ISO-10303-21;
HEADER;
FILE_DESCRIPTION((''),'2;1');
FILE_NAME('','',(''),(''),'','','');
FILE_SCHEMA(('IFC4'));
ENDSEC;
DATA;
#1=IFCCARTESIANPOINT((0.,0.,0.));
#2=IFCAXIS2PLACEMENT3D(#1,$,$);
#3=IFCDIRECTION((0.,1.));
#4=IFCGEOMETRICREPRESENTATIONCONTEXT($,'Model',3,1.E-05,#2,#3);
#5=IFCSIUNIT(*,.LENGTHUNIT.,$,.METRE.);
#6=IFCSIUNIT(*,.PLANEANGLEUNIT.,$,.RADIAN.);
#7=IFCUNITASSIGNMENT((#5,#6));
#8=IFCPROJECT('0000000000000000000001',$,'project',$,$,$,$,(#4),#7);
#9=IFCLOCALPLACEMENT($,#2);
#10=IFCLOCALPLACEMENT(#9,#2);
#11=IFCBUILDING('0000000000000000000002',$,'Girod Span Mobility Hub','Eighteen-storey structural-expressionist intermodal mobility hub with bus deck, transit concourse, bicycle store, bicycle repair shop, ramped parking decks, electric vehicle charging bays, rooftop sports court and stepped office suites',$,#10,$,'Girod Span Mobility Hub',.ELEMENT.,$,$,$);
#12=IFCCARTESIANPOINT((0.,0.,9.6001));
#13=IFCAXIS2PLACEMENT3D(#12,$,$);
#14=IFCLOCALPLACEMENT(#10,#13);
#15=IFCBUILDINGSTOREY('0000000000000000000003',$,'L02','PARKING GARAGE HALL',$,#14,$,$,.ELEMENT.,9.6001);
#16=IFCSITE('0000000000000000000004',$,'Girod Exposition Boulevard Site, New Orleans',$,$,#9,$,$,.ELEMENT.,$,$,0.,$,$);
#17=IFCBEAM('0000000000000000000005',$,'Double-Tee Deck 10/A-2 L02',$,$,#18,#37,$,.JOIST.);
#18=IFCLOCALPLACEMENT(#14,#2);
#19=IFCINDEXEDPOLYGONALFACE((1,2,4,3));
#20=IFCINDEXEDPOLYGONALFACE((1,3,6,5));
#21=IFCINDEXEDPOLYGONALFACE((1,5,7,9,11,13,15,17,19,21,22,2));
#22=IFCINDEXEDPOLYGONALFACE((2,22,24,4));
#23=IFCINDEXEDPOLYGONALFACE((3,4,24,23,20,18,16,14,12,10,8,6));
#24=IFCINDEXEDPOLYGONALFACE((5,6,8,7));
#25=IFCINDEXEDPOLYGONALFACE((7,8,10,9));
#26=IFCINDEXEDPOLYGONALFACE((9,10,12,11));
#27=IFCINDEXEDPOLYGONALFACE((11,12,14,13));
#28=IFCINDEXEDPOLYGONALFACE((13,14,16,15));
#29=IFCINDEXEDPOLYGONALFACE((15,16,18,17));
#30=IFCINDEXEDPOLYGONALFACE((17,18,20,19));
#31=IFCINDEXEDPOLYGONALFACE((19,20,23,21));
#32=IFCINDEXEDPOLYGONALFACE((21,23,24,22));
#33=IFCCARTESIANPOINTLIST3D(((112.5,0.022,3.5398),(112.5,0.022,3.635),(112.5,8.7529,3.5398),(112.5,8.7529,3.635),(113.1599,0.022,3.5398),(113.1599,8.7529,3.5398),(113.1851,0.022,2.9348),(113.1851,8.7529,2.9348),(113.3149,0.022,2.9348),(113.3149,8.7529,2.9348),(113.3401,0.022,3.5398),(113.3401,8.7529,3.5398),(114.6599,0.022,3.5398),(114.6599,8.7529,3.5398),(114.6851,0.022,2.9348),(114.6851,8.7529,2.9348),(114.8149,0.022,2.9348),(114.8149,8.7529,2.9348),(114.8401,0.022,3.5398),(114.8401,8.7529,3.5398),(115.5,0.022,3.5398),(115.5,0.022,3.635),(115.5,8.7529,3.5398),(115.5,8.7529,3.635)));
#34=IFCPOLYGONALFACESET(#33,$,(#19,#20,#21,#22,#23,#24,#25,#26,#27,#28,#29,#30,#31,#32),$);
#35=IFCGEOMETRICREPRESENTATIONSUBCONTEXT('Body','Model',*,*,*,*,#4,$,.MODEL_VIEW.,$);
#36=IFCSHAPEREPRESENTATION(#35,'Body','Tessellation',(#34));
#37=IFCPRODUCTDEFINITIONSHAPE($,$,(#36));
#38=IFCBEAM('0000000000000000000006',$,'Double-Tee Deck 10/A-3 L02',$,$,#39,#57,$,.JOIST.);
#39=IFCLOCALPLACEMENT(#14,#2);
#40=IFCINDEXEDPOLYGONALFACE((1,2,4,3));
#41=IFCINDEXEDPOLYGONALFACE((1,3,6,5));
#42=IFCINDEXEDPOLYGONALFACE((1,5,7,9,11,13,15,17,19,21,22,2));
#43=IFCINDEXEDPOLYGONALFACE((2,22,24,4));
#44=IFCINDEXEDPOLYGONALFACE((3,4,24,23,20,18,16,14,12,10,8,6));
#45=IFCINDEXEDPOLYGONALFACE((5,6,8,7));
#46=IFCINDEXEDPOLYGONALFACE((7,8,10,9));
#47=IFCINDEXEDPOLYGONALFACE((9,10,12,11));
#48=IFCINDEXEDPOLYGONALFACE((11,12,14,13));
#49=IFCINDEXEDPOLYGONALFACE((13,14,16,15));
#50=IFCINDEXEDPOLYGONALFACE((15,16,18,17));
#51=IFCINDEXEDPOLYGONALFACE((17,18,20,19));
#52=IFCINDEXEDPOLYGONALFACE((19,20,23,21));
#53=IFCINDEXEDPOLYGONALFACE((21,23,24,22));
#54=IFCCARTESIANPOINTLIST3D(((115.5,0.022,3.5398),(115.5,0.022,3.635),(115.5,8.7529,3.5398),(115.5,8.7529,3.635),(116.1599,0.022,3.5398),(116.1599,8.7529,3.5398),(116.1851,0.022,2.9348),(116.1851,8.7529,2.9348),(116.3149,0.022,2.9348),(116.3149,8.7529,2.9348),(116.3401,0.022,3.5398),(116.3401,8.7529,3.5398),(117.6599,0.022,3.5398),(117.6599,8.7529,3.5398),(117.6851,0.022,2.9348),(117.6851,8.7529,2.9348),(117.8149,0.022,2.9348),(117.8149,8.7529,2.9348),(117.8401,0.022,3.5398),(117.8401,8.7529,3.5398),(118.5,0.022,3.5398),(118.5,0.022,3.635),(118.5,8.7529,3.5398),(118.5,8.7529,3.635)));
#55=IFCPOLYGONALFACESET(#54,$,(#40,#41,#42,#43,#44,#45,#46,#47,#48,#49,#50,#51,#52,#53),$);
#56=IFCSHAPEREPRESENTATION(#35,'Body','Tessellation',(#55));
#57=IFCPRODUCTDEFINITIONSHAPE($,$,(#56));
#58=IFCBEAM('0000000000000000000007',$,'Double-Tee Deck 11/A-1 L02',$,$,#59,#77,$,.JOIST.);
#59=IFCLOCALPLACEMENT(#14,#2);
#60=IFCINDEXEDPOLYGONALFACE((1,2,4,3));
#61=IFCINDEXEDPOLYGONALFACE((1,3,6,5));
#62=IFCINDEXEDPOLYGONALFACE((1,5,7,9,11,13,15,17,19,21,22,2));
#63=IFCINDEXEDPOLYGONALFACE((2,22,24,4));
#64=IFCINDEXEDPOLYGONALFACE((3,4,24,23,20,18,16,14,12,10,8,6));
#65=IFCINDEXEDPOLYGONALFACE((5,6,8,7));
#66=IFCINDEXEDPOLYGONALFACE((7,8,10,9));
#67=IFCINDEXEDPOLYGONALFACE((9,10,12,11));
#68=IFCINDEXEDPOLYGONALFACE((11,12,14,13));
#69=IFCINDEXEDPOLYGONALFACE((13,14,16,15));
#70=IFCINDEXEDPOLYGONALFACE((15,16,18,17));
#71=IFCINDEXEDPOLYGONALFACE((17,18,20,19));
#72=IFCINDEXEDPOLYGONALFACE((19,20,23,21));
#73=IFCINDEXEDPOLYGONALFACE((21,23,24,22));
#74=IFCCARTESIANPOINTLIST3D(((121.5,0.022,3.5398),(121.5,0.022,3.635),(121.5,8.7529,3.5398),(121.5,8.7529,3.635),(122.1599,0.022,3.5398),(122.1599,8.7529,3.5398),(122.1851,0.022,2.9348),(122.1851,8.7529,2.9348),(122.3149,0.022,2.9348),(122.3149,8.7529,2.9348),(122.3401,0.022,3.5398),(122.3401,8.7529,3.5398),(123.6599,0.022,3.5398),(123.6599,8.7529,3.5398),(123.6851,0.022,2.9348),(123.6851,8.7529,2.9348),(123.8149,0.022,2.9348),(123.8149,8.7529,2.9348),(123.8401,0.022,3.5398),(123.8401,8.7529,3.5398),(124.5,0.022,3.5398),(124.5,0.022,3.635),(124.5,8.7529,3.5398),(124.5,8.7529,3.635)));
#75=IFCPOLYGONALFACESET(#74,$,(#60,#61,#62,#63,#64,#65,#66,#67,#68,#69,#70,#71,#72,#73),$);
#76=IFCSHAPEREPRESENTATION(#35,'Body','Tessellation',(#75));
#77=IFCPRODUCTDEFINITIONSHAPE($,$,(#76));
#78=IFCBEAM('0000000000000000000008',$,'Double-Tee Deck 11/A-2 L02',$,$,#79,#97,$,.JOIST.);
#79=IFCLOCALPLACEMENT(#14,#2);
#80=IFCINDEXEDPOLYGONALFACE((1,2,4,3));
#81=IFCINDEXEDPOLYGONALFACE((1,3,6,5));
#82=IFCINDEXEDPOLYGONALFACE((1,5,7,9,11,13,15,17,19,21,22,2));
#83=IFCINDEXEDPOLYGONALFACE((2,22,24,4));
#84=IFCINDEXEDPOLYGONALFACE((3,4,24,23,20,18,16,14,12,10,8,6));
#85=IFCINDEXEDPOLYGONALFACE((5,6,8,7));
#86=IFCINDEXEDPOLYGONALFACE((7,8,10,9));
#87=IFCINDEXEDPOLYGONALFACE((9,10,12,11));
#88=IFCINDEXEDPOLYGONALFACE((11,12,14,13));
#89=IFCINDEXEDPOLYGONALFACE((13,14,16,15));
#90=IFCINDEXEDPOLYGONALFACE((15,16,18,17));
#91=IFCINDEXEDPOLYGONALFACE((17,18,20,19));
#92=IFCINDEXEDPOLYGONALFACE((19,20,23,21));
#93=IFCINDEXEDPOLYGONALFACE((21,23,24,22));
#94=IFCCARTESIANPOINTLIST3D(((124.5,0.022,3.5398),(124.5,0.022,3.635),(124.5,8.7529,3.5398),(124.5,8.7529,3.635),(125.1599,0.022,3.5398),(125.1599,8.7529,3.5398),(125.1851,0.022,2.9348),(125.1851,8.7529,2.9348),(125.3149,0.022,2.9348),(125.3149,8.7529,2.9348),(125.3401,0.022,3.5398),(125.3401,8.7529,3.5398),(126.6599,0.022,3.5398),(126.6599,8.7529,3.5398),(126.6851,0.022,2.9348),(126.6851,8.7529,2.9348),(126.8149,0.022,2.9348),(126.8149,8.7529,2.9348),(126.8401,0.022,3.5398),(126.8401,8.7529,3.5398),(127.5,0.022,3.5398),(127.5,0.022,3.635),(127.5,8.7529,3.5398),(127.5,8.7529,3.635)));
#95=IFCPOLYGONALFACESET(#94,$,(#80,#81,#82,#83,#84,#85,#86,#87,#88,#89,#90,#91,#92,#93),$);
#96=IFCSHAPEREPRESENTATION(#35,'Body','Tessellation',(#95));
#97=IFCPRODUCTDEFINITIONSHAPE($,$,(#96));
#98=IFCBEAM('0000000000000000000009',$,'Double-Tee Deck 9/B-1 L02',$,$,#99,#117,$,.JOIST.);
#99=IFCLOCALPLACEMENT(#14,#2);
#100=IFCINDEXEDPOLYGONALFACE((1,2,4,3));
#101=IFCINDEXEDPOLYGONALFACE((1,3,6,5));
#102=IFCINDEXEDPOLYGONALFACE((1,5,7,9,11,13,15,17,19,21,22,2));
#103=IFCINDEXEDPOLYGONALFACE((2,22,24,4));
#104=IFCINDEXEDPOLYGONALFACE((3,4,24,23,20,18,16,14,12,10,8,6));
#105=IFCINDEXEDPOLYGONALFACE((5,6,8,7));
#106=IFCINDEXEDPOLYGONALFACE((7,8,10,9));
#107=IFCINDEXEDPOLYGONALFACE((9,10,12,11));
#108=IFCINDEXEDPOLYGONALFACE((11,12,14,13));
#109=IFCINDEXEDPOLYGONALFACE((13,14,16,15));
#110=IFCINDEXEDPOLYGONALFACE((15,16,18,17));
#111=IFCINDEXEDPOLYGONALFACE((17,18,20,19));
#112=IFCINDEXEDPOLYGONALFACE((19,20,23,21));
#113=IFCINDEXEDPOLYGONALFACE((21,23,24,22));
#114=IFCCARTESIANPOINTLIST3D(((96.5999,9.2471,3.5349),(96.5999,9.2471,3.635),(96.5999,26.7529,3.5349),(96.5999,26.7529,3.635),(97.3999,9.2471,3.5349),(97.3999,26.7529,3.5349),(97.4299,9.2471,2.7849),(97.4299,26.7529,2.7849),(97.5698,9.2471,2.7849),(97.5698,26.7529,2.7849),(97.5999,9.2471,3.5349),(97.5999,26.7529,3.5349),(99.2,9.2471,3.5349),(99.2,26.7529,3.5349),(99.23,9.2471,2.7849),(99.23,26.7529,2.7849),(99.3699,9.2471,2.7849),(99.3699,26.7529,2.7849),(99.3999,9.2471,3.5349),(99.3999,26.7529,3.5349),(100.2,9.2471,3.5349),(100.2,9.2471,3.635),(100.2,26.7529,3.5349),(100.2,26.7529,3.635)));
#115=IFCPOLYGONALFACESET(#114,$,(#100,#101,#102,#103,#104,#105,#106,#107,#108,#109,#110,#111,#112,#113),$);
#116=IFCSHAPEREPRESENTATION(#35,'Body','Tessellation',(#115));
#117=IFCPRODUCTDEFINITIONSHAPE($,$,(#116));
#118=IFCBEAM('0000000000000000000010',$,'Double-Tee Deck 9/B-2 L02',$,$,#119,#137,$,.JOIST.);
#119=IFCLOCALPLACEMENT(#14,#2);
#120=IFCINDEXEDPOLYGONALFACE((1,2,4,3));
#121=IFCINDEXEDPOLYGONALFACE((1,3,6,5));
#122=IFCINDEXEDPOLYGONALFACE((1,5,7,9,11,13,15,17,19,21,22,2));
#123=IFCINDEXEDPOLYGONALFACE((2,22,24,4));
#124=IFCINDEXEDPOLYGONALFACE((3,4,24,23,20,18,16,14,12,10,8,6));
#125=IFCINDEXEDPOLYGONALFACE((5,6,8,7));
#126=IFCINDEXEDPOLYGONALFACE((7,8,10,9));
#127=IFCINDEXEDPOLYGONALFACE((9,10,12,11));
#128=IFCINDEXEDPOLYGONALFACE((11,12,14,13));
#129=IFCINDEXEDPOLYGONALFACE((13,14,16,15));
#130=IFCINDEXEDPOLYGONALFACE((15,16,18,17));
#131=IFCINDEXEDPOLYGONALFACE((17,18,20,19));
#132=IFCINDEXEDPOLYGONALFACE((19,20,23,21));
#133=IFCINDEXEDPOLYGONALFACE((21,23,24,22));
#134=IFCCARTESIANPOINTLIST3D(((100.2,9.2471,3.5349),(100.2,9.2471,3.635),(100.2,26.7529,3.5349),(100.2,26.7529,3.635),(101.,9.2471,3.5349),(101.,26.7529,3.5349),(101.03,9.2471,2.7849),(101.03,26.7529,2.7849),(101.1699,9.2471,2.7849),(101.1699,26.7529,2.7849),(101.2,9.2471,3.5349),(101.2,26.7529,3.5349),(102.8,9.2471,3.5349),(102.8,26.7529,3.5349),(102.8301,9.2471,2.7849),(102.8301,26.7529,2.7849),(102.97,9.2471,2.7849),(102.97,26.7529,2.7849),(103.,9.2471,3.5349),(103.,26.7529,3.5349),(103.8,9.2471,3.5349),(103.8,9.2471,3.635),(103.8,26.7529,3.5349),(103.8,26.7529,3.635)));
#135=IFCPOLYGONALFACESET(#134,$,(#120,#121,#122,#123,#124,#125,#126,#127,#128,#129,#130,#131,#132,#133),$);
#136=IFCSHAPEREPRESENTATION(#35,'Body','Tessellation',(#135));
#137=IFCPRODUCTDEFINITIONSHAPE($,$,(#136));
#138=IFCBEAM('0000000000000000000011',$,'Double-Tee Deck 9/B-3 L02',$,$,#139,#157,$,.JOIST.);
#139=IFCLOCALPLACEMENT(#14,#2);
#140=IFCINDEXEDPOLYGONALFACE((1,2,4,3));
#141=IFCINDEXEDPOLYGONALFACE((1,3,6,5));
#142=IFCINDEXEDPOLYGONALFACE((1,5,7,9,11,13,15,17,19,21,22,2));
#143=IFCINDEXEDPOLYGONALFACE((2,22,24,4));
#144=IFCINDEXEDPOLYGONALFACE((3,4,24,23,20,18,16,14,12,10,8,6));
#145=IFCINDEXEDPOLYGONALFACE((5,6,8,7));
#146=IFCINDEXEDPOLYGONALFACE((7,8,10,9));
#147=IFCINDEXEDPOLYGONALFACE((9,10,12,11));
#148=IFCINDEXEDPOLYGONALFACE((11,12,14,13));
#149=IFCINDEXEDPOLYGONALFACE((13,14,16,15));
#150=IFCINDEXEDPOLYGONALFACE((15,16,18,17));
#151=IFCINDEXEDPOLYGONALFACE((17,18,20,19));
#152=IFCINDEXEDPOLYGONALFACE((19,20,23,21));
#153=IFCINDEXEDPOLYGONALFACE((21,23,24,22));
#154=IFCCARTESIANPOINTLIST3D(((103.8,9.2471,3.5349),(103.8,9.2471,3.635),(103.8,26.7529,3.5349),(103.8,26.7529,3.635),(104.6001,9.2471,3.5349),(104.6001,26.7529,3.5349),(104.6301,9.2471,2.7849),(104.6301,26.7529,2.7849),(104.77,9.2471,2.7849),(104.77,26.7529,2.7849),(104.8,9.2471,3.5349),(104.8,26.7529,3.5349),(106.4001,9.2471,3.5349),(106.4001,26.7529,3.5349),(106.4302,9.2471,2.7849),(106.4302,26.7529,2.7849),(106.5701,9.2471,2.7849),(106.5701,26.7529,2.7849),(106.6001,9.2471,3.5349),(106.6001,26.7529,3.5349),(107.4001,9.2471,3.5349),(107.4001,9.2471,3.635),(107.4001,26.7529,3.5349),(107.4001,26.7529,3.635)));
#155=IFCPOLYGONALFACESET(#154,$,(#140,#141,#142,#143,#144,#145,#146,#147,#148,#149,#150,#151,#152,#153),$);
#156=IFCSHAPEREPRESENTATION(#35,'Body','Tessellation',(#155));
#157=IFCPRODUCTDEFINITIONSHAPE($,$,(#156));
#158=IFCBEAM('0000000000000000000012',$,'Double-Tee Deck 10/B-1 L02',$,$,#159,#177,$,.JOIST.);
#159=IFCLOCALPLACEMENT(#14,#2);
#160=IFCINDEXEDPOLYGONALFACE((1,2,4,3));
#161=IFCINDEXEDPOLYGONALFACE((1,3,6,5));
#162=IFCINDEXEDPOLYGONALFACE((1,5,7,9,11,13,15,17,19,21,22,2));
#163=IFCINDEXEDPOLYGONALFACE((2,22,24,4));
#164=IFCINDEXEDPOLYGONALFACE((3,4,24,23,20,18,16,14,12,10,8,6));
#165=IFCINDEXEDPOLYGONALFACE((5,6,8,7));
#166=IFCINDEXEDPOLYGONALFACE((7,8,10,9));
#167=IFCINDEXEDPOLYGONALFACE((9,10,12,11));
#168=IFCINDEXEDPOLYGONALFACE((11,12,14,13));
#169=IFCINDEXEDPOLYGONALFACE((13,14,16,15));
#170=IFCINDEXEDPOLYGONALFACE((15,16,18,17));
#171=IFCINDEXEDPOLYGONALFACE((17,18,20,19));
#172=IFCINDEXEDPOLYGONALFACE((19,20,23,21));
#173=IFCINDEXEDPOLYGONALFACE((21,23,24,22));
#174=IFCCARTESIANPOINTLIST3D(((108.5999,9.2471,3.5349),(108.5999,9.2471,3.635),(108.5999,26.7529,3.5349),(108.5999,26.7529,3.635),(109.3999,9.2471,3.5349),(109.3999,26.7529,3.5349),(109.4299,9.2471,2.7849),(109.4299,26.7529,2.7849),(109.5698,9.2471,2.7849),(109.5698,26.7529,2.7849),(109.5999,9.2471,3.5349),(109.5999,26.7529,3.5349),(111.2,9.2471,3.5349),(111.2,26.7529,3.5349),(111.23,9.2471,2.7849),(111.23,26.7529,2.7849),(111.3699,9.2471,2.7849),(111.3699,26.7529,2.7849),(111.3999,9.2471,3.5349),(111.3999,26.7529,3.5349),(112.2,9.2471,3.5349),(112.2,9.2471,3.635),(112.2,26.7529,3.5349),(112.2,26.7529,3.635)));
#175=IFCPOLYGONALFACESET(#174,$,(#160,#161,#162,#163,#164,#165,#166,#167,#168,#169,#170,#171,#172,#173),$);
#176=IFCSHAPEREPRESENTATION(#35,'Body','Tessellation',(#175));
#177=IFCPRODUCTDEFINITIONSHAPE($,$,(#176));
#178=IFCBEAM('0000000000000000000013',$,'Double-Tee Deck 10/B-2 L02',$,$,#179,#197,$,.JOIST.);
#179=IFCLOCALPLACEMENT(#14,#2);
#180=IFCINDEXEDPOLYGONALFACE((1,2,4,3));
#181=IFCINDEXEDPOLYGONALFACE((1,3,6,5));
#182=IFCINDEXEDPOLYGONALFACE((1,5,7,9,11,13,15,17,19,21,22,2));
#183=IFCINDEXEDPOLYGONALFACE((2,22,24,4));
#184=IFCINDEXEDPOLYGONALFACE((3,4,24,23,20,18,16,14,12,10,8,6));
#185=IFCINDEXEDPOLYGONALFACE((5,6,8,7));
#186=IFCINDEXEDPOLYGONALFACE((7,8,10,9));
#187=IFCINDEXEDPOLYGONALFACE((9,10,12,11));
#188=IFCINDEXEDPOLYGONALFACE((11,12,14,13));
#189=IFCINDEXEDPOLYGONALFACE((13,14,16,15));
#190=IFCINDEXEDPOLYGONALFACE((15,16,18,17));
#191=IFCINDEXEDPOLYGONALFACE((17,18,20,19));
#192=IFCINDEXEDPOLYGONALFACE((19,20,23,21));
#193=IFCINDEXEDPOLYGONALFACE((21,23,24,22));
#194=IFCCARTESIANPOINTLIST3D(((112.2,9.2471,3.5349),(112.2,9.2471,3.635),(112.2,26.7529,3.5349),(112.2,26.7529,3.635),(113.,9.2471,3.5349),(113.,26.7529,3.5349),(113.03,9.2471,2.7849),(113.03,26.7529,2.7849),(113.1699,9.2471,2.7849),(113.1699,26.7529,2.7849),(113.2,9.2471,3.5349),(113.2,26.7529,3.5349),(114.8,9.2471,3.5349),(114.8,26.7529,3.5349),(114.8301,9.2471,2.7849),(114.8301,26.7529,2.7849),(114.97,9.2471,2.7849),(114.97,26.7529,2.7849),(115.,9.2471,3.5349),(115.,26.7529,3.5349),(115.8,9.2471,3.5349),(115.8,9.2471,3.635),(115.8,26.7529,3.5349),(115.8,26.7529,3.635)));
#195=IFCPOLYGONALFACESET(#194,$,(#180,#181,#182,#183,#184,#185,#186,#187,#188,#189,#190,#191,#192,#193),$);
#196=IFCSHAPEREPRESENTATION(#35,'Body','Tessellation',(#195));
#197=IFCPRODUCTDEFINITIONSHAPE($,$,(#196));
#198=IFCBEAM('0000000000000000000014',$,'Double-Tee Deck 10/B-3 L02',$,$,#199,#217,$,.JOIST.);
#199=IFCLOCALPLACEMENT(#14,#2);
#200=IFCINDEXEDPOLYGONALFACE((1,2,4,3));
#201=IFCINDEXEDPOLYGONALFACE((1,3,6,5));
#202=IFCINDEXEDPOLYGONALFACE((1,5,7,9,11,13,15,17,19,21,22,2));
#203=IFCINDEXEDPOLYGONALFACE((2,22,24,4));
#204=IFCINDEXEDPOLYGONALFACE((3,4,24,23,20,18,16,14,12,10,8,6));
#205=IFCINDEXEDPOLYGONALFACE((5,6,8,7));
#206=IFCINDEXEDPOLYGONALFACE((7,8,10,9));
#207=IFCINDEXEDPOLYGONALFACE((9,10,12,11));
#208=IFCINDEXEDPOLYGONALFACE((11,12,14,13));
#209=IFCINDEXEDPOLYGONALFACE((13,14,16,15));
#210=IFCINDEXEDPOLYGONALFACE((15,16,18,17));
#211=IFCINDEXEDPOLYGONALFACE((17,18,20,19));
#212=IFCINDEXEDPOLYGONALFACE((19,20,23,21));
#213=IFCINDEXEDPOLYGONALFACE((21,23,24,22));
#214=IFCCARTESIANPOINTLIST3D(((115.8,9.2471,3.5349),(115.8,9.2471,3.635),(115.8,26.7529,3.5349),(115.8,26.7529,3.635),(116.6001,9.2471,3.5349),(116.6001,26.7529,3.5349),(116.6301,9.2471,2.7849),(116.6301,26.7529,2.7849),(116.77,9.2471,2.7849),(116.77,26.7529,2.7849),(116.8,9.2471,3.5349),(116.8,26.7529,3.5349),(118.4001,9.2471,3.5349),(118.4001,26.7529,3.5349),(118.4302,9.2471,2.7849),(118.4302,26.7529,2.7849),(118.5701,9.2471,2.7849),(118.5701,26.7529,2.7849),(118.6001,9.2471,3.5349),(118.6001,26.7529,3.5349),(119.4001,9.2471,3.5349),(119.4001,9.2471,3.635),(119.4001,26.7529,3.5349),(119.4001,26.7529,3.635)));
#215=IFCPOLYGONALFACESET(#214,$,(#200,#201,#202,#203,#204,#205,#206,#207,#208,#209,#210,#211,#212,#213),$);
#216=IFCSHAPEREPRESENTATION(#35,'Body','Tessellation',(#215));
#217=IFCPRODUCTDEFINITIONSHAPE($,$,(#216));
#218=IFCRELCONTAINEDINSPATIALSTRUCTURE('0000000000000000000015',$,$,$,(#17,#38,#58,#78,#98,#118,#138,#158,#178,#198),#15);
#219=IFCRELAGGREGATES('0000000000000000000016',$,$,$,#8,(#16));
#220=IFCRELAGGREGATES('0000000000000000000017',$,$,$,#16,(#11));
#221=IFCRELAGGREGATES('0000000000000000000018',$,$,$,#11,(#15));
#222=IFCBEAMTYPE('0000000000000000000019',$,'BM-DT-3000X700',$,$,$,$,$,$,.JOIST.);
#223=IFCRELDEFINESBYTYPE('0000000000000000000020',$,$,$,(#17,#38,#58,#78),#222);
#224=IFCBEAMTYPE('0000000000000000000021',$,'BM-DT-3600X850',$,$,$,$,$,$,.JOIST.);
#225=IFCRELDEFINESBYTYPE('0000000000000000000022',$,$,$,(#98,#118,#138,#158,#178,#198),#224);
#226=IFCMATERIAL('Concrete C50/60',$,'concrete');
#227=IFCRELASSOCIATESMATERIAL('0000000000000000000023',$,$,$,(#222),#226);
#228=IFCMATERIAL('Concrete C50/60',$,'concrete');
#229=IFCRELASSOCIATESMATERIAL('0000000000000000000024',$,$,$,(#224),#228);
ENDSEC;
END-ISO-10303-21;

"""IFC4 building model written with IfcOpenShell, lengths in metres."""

from ifc_helpers import new_model, si_unit, direction, frame, origin, place, context, subcontext, project, spatial, polyline, outline, extrude, material, material_profile, profile_set, type_object, element, save


model = new_model("IFC4")

# Units and contexts
model_context = context("Model", 3, precision=1e-05, world=origin(), true_north=direction((0.0, 1.0)))
body_context = subcontext(model_context, "Body", "Model", "MODEL_VIEW")
ifc_project = project(units=[si_unit("LENGTHUNIT", "METRE"), si_unit("PLANEANGLEUNIT", "RADIAN")], contexts=[model_context])

# Site, building, storey
site_placement = place(None, origin())
site = spatial("IfcSite", under=ifc_project, at=site_placement, Name="Girod Exposition Boulevard Site, New Orleans", CompositionType="ELEMENT", RefElevation=0.0)
building_placement = place(site_placement, origin())
building = spatial("IfcBuilding", under=site, at=building_placement, Name="Girod Span Mobility Hub", Description="Eighteen-storey structural-expressionist intermodal mobility hub with bus deck, transit concourse, bicycle store, bicycle repair shop, ramped parking decks, electric vehicle charging bays, rooftop sports court and stepped office suites", LongName="Girod Span Mobility Hub", CompositionType="ELEMENT")
storey_placement = place(building_placement, frame((0.0, 0.0, 9.6001)))
storey = spatial("IfcBuildingStorey", under=building, at=storey_placement, Name="L02", Description="PARKING GARAGE HALL", CompositionType="ELEMENT", Elevation=9.6001)

# Beams
ifc_material_1 = material(Name="Concrete C50/60", Category="concrete")
ifc_material_profile_1 = material_profile(ifc_material_1, outline(polyline([(-1.5, 0.3501), (-1.5, 0.2549), (-0.8401, 0.2549), (-0.8149, -0.3501), (-0.6851, -0.3501), (-0.6599, 0.2549), (0.6599, 0.2549), (0.6851, -0.3501), (0.8149, -0.3501), (0.8401, 0.2549), (1.5, 0.2549), (1.5, 0.3501), (-1.5, 0.3501)])), Name="DT-3000X700")
ifc_profile_set_1 = profile_set([ifc_material_profile_1], Name="Concrete C50/60")
beam_type_1 = type_object("IfcBeamType", Name="BM-DT-3000X700", PredefinedType="JOIST", material=ifc_profile_set_1)
for number, where, z_axis, x_axis, name in (
    (1, (114.0, 0.022, 3.2849), (0.0, 1.0, 0.0), (-1.0, 0.0, 0.0), "Double-Tee Deck 10/A-2 L02"),
    (2, (117.0, 0.022, 3.2849), (0.0, 1.0, 0.0), (-1.0, 0.0, 0.0), "Double-Tee Deck 10/A-3 L02"),
    (3, (123.0, 0.022, 3.2849), (0.0, 1.0, 0.0), (-1.0, 0.0, 0.0), "Double-Tee Deck 11/A-1 L02"),
    (4, (126.0, 0.022, 3.2849), (0.0, 1.0, 0.0), (-1.0, 0.0, 0.0), "Double-Tee Deck 11/A-2 L02"),
):
    element("IfcBeam", number, at=place(storey_placement, frame(where, z_axis=z_axis, x_axis=x_axis)), inside=storey, type_object=beam_type_1, Name=name, PredefinedType="JOIST", context=body_context, shape_type="SweptSolid", body=[
        extrude(outline(polyline([(-1.5, 0.3501), (-1.5, 0.2549), (-0.8401, 0.2549), (-0.8149, -0.3501), (-0.6851, -0.3501), (-0.6599, 0.2549), (0.6599, 0.2549), (0.6851, -0.3501), (0.8149, -0.3501), (0.8401, 0.2549), (1.5, 0.2549), (1.5, 0.3501), (-1.5, 0.3501)])), origin(), (0.0, 0.0, 1.0), 8.731),
    ])
ifc_material_2 = material(Name="Concrete C50/60", Category="concrete")
ifc_material_profile_2 = material_profile(ifc_material_2, outline(polyline([(-1.8, 0.425), (-1.8, 0.325), (-1.0, 0.325), (-0.97, -0.425), (-0.8301, -0.425), (-0.8, 0.325), (0.8, 0.325), (0.8301, -0.425), (0.97, -0.425), (1.0, 0.325), (1.8, 0.325), (1.8, 0.425), (-1.8, 0.425)])), Name="DT-3600X850")
ifc_profile_set_2 = profile_set([ifc_material_profile_2], Name="Concrete C50/60")
beam_type_2 = type_object("IfcBeamType", Name="BM-DT-3600X850", PredefinedType="JOIST", material=ifc_profile_set_2)
for number, where, z_axis, x_axis, name in (
    (5, (98.3999, 9.2471, 3.21), (0.0, 1.0, 0.0), (-1.0, 0.0, 0.0), "Double-Tee Deck 9/B-1 L02"),
    (6, (102.0, 9.2471, 3.21), (0.0, 1.0, 0.0), (-1.0, 0.0, 0.0), "Double-Tee Deck 9/B-2 L02"),
    (7, (105.6001, 9.2471, 3.21), (0.0, 1.0, 0.0), (-1.0, 0.0, 0.0), "Double-Tee Deck 9/B-3 L02"),
    (8, (110.3999, 9.2471, 3.21), (0.0, 1.0, 0.0), (-1.0, 0.0, 0.0), "Double-Tee Deck 10/B-1 L02"),
    (9, (114.0, 9.2471, 3.21), (0.0, 1.0, 0.0), (-1.0, 0.0, 0.0), "Double-Tee Deck 10/B-2 L02"),
    (10, (117.6001, 9.2471, 3.21), (0.0, 1.0, 0.0), (-1.0, 0.0, 0.0), "Double-Tee Deck 10/B-3 L02"),
):
    element("IfcBeam", number, at=place(storey_placement, frame(where, z_axis=z_axis, x_axis=x_axis)), inside=storey, type_object=beam_type_2, Name=name, PredefinedType="JOIST", context=body_context, shape_type="SweptSolid", body=[
        extrude(outline(polyline([(-1.8, 0.425), (-1.8, 0.325), (-1.0, 0.325), (-0.97, -0.425), (-0.8301, -0.425), (-0.8, 0.325), (0.8, 0.325), (0.8301, -0.425), (0.97, -0.425), (1.0, 0.325), (1.8, 0.325), (1.8, 0.425), (-1.8, 0.425)])), origin(), (0.0, 0.0, 1.0), 17.5059),
    ])

save(model, "model.ifc")
